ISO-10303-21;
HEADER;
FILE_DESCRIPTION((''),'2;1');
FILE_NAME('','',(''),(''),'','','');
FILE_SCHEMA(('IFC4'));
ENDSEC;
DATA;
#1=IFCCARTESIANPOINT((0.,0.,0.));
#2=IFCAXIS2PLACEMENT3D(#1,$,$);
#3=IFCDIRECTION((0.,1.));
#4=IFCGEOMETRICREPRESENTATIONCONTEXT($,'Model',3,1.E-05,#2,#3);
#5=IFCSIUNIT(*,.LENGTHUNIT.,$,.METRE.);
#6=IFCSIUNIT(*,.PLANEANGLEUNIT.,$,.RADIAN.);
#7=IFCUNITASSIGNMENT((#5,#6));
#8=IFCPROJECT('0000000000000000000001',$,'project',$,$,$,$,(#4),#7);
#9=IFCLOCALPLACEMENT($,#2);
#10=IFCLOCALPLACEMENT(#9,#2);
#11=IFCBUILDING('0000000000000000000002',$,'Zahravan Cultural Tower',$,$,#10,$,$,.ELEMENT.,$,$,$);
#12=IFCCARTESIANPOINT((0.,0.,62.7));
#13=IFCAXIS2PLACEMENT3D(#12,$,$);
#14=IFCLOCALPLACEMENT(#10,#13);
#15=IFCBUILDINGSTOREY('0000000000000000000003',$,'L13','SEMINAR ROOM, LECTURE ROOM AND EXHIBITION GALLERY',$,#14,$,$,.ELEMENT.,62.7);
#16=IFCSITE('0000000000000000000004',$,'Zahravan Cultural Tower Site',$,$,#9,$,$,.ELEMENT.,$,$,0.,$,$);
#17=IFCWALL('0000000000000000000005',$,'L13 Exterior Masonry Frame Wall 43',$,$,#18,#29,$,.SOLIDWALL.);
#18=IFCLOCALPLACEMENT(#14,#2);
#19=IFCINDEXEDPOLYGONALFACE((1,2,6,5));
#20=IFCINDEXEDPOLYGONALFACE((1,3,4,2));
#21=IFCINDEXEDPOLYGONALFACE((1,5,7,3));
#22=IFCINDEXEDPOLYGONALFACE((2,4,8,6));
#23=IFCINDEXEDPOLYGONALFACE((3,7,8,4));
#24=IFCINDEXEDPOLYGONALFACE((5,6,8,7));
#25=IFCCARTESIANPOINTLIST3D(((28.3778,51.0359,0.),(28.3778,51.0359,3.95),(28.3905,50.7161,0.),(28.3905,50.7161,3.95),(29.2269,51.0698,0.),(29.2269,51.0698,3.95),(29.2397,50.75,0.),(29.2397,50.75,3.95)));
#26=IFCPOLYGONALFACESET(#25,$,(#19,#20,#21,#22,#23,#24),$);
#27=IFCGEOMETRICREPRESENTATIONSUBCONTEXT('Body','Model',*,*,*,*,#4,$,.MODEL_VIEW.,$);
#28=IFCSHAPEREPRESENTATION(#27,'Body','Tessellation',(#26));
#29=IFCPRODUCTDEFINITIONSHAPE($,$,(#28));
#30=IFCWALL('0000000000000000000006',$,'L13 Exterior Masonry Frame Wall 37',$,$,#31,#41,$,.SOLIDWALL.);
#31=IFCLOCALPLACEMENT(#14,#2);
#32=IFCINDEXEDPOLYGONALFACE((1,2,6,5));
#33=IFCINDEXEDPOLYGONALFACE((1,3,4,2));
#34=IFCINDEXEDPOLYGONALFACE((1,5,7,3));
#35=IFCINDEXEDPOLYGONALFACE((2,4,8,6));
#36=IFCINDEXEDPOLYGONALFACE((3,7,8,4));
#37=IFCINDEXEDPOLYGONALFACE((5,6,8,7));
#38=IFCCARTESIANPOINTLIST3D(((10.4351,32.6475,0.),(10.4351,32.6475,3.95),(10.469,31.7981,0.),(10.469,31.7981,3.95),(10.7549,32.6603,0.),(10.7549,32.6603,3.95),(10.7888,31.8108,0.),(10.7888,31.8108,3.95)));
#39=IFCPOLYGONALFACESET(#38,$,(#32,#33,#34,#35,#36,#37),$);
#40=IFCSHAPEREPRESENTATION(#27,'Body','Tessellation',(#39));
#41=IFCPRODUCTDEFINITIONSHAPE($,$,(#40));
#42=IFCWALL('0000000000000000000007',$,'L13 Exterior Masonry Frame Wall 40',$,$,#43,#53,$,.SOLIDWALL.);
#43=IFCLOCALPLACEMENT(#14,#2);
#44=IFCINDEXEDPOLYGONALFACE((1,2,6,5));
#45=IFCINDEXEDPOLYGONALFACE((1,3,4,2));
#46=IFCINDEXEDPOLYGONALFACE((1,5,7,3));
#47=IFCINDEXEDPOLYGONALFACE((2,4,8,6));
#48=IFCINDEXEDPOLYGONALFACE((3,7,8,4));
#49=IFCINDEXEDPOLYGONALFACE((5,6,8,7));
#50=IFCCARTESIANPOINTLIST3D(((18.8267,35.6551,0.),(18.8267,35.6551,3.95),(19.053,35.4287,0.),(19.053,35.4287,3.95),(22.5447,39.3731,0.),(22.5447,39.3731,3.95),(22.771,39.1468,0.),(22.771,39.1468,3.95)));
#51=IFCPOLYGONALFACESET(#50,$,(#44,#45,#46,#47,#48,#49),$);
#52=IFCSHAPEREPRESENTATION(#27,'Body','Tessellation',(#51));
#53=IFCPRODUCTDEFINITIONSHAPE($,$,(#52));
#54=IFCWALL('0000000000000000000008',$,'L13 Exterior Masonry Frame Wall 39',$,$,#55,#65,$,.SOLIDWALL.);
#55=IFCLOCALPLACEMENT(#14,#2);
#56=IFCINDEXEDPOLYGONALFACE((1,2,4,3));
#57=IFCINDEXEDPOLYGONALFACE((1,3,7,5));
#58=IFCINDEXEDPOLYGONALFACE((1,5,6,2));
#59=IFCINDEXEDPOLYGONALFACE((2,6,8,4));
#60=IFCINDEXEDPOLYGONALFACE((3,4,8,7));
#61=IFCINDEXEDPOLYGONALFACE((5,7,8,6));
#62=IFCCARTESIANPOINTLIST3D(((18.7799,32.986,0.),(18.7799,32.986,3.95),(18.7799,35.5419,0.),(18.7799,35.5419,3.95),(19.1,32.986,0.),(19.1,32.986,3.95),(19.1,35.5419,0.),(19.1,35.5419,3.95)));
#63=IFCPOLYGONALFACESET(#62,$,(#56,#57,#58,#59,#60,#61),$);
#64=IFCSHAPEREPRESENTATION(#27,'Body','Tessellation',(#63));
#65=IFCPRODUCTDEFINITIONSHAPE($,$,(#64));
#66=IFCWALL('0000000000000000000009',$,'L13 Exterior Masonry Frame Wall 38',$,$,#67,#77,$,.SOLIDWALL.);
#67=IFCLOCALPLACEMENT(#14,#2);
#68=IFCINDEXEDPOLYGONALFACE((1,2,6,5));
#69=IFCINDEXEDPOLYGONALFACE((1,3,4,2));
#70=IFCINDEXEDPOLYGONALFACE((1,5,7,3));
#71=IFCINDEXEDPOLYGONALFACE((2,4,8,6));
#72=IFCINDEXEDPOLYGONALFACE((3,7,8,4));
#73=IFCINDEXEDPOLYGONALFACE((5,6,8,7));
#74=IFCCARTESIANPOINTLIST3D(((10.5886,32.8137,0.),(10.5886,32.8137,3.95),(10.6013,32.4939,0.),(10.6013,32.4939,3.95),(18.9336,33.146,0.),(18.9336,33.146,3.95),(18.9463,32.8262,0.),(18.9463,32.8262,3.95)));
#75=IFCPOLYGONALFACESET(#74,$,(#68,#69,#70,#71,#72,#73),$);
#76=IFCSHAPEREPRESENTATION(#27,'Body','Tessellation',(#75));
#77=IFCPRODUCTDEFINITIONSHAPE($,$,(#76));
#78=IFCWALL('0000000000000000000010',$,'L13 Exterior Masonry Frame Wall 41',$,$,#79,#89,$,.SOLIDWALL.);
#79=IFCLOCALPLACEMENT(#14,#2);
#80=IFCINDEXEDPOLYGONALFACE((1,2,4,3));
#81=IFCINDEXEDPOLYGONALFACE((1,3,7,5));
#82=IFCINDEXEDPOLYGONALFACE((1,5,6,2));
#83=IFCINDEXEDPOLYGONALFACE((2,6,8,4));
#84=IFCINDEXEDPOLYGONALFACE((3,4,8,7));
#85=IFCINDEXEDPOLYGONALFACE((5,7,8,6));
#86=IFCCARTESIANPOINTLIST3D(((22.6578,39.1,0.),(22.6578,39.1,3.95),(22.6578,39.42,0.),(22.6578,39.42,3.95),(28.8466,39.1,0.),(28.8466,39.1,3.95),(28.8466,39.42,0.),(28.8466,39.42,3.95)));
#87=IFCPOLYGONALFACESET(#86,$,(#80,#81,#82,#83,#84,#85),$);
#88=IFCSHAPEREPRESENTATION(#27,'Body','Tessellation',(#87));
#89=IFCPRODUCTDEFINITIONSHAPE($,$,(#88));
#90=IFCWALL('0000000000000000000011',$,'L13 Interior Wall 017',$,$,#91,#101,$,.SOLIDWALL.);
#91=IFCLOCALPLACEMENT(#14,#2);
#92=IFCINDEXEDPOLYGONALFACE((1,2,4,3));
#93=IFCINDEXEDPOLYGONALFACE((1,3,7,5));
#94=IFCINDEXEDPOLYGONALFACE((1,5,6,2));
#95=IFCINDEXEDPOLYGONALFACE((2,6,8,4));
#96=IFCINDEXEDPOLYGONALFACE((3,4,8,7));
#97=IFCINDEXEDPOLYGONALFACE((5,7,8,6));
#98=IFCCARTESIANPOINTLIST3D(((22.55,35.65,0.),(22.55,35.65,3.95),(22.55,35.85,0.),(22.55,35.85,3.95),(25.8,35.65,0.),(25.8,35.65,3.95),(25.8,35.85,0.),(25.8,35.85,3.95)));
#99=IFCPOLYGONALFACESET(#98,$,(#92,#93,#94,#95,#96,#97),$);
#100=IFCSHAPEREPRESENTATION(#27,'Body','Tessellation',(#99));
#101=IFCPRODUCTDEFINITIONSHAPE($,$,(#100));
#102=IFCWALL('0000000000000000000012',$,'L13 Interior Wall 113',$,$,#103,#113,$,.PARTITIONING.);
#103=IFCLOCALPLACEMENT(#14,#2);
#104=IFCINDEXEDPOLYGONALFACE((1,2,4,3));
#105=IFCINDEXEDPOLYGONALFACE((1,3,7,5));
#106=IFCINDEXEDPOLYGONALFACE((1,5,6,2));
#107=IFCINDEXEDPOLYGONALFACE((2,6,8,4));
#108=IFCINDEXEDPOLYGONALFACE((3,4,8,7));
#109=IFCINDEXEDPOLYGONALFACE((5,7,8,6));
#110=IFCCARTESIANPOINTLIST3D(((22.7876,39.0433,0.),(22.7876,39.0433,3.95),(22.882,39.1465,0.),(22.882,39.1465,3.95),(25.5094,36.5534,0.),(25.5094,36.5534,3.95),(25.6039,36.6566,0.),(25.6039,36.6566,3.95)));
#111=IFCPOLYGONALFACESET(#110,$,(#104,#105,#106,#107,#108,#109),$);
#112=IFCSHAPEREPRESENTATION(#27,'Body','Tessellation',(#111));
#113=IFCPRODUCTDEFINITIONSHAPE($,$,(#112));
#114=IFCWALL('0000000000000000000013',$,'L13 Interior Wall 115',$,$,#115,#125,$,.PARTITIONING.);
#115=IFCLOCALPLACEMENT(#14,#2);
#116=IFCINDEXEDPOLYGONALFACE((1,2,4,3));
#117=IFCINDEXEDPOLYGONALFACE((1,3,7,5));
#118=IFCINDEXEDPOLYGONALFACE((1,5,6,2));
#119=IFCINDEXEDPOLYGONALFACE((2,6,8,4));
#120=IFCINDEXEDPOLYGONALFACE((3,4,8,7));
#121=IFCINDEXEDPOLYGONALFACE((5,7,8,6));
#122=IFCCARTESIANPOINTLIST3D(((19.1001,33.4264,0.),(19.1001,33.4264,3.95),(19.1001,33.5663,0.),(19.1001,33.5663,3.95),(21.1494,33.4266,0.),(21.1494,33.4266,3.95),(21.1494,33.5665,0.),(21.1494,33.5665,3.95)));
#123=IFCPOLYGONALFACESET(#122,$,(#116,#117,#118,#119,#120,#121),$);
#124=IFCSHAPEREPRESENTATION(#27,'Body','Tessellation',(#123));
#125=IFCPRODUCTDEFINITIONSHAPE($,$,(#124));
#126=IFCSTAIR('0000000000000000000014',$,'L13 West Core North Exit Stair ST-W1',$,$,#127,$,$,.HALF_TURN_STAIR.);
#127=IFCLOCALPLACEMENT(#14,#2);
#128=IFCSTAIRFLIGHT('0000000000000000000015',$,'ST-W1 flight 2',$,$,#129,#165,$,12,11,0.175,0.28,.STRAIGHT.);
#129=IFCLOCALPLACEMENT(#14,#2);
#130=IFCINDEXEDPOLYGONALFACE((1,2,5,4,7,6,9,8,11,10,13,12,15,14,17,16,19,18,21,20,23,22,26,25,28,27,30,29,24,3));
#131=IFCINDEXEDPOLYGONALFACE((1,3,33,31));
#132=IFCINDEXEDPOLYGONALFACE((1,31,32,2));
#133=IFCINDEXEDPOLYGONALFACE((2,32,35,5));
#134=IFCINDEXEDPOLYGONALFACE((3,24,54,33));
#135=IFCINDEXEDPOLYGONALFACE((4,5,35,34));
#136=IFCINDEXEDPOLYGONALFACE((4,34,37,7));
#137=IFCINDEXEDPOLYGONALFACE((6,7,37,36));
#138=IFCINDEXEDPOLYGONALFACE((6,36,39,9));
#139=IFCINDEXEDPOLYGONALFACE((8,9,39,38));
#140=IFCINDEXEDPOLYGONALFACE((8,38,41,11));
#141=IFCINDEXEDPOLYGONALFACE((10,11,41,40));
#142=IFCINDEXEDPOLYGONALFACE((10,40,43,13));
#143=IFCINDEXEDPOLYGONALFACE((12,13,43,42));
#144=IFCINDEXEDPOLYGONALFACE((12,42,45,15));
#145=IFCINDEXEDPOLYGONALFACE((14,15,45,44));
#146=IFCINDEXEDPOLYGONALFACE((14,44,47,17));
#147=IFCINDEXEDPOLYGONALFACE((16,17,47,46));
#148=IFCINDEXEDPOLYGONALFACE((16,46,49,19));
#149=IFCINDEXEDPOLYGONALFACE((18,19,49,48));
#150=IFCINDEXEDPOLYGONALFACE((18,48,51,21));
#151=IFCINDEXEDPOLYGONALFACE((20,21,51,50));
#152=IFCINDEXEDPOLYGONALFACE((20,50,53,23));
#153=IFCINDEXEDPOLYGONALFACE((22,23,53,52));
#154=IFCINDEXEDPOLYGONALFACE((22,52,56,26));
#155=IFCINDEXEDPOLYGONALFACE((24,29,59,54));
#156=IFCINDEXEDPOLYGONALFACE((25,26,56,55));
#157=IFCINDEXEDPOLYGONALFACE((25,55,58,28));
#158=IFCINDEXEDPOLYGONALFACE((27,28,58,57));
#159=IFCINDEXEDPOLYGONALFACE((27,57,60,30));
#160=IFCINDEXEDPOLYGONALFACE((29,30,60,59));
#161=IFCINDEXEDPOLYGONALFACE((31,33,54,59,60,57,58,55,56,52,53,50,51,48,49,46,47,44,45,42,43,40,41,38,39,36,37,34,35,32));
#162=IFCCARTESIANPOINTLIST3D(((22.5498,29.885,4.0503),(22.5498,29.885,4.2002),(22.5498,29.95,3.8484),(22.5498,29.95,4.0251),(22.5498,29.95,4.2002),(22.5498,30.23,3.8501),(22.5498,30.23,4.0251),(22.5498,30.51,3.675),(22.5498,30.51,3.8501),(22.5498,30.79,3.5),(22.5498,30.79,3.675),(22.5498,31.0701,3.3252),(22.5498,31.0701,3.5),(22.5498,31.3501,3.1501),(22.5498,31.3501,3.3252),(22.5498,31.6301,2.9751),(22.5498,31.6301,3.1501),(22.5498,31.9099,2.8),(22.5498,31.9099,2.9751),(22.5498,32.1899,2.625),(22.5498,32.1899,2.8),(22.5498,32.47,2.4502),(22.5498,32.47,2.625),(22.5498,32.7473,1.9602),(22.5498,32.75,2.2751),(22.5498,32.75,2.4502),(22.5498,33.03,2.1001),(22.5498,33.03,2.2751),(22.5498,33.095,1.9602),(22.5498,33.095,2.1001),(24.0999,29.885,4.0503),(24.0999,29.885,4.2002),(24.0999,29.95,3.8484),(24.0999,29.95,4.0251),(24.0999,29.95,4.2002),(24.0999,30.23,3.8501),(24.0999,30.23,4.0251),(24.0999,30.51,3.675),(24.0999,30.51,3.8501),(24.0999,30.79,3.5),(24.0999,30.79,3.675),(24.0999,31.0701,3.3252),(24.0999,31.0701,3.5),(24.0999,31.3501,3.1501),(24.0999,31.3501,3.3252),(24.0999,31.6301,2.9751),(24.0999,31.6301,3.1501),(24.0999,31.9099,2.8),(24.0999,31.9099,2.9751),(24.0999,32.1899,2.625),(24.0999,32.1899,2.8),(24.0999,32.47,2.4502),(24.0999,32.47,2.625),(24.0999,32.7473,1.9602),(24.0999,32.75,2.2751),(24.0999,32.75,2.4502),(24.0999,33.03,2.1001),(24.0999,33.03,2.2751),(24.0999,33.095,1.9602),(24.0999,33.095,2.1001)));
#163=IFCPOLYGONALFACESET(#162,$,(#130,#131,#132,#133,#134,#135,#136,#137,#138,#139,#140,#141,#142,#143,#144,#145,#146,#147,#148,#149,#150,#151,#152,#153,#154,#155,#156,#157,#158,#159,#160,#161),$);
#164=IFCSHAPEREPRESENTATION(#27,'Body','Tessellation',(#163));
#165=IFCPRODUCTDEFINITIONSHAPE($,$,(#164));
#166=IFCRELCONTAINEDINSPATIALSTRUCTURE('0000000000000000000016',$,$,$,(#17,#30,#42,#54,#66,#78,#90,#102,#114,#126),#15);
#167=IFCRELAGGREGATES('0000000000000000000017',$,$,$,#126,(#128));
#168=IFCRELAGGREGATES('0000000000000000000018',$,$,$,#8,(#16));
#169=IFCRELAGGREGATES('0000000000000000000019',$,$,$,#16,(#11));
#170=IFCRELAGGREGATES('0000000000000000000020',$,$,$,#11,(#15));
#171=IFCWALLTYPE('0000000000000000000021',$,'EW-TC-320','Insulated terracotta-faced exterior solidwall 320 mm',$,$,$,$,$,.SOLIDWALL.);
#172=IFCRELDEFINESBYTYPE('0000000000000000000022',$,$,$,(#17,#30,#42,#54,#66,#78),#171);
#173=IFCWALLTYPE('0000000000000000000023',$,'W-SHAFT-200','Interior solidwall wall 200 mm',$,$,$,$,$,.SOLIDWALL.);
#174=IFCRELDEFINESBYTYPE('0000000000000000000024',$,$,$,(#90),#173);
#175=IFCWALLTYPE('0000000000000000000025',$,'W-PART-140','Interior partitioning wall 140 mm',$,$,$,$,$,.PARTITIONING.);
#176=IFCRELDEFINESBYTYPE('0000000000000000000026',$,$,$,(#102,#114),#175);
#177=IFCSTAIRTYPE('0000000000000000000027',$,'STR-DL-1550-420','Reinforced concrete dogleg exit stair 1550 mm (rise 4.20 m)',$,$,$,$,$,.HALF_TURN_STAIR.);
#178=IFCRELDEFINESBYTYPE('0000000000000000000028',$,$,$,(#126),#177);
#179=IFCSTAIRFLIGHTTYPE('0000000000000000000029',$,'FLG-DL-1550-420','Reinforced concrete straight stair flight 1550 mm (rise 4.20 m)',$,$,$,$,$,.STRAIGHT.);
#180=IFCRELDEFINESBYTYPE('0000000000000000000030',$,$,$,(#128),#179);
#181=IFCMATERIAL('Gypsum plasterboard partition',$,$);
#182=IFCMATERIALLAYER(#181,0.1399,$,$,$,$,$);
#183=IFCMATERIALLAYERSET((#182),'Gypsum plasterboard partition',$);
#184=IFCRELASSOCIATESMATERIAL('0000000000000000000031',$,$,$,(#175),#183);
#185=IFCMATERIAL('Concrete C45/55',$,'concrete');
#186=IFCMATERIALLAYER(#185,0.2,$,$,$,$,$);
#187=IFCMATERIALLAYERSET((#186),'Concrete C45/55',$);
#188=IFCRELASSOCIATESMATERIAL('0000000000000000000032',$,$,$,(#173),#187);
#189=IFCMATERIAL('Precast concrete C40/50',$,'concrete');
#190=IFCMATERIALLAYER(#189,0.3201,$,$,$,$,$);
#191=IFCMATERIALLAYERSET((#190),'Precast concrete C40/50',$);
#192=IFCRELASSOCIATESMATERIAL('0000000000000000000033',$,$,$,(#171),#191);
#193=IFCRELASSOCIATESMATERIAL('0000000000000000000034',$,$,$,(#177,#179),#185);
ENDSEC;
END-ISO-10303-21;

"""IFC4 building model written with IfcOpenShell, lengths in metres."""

from ifc_helpers import new_model, si_unit, direction, frame, frame_2d, origin, place, context, subcontext, project, spatial, polyline, rectangle, outline, extrude, source, transform, mapped, material, layer, layer_set, type_object, element, aggregate, save


model = new_model("IFC4")

# Units and contexts
model_context = context("Model", 3, precision=1e-05, world=origin(), true_north=direction((0.0, 1.0)))
body_context = subcontext(model_context, "Body", "Model", "MODEL_VIEW")
ifc_project = project(units=[si_unit("LENGTHUNIT", "METRE"), si_unit("PLANEANGLEUNIT", "RADIAN")], contexts=[model_context])

# Site, building, storey
site_placement = place(None, origin())
site = spatial("IfcSite", under=ifc_project, at=site_placement, Name="Zahravan Cultural Tower Site", CompositionType="ELEMENT", RefElevation=0.0)
building_placement = place(site_placement, origin())
building = spatial("IfcBuilding", under=site, at=building_placement, Name="Zahravan Cultural Tower", CompositionType="ELEMENT")
storey_placement = place(building_placement, frame((0.0, 0.0, 62.7)))
storey = spatial("IfcBuildingStorey", under=building, at=storey_placement, Name="L13", Description="SEMINAR ROOM, LECTURE ROOM AND EXHIBITION GALLERY", CompositionType="ELEMENT", Elevation=62.7)

# Shared definitions
ifc_material_1 = material(Name="Gypsum plasterboard partition")
ifc_layer_1 = layer(ifc_material_1, 0.1399)
ifc_layer_set_1 = layer_set([ifc_layer_1], Name="Gypsum plasterboard partition")
wall_type_1 = type_object("IfcWallType", Name="W-PART-140", Description="Interior partitioning wall 140 mm", PredefinedType="PARTITIONING", material=ifc_layer_set_1)
ifc_material_2 = material(Name="Concrete C45/55", Category="concrete")
ifc_layer_2 = layer(ifc_material_2, 0.2)
ifc_layer_set_2 = layer_set([ifc_layer_2], Name="Concrete C45/55")
wall_type_2 = type_object("IfcWallType", Name="W-SHAFT-200", Description="Interior solidwall wall 200 mm", PredefinedType="SOLIDWALL", material=ifc_layer_set_2)

# Walls
ifc_material_3 = material(Name="Precast concrete C40/50", Category="concrete")
ifc_layer_3 = layer(ifc_material_3, 0.3201)
ifc_layer_set_3 = layer_set([ifc_layer_3], Name="Precast concrete C40/50")
wall_type_3 = type_object("IfcWallType", Name="EW-TC-320", Description="Insulated terracotta-faced exterior solidwall 320 mm", PredefinedType="SOLIDWALL", material=ifc_layer_set_3)
shared_shape_1 = source(origin(), body_context, "Body", "SweptSolid", [
    extrude(rectangle(XDim=0.8499, YDim=0.3201, at=frame_2d((0.4248, 0.0))), origin(), (0.0, 0.0, 1.0), 3.95),
])
wall_1_placement = place(storey_placement, frame((28.3843, 50.876, 0.0), z_axis=(0.0, 0.0, 1.0), x_axis=(0.999202, 0.039934, 0.0)))
element("IfcWall", 1, at=wall_1_placement, inside=storey, type_object=wall_type_3, Name="L13 Exterior Masonry Frame Wall 43", PredefinedType="SOLIDWALL", context=body_context, shape_type="MappedRepresentation", body=[
    mapped(shared_shape_1, transform((0.0, 0.0, 0.0), x_axis=(1.0, 0.0, 0.0), y_axis=(0.0, 1.0, 0.0), z_axis=(0.0, 0.0, 1.0), scale=1.0)),
])
shared_shape_2 = source(origin(), body_context, "Body", "SweptSolid", [
    extrude(rectangle(XDim=0.8501, YDim=0.3201, at=frame_2d((0.425, 0.0))), origin(), (0.0, 0.0, 1.0), 3.95),
])
wall_2_placement = place(storey_placement, frame((10.6289, 31.8044, 0.0), z_axis=(0.0, 0.0, 1.0), x_axis=(-0.039922, 0.999203, 0.0)))
element("IfcWall", 2, at=wall_2_placement, inside=storey, type_object=wall_type_3, Name="L13 Exterior Masonry Frame Wall 37", PredefinedType="SOLIDWALL", context=body_context, shape_type="MappedRepresentation", body=[
    mapped(shared_shape_2, transform((0.0, 0.0, 0.0), x_axis=(1.0, 0.0, 0.0), y_axis=(0.0, 1.0, 0.0), z_axis=(0.0, 0.0, 1.0), scale=1.0)),
])
shared_shape_3 = source(origin(), body_context, "Body", "SweptSolid", [
    extrude(rectangle(XDim=5.2581, YDim=0.3201, at=frame_2d((2.6289, 0.0))), origin(), (0.0, 0.0, 1.0), 3.95),
])
wall_3_placement = place(storey_placement, frame((18.9399, 35.542, 0.0), z_axis=(0.0, 0.0, 1.0), x_axis=(0.707107, 0.707107, 0.0)))
element("IfcWall", 3, at=wall_3_placement, inside=storey, type_object=wall_type_3, Name="L13 Exterior Masonry Frame Wall 40", PredefinedType="SOLIDWALL", context=body_context, shape_type="MappedRepresentation", body=[
    mapped(shared_shape_3, transform((0.0, 0.0, 0.0), x_axis=(1.0, 0.0, 0.0), y_axis=(0.0, 1.0, 0.0), z_axis=(0.0, 0.0, 1.0), scale=1.0)),
])
shared_shape_4 = source(origin(), body_context, "Body", "SweptSolid", [
    extrude(rectangle(XDim=2.5559, YDim=0.3201, at=frame_2d((1.2778, 0.0))), origin(), (0.0, 0.0, 1.0), 3.95),
])
wall_4_placement = place(storey_placement, frame((18.9399, 32.9861, 0.0), z_axis=(0.0, 0.0, 1.0), x_axis=(0.0, 1.0, 0.0)))
element("IfcWall", 4, at=wall_4_placement, inside=storey, type_object=wall_type_3, Name="L13 Exterior Masonry Frame Wall 39", PredefinedType="SOLIDWALL", context=body_context, shape_type="MappedRepresentation", body=[
    mapped(shared_shape_4, transform((0.0, 0.0, 0.0), x_axis=(1.0, 0.0, 0.0), y_axis=(0.0, 1.0, 0.0), z_axis=(0.0, 0.0, 1.0), scale=1.0)),
])
shared_shape_5 = source(origin(), body_context, "Body", "SweptSolid", [
    extrude(rectangle(XDim=8.3516, YDim=0.3201, at=frame_2d((4.1758, 0.0))), origin(), (0.0, 0.0, 1.0), 3.95),
])
wall_5_placement = place(storey_placement, frame((10.595, 32.6538, 0.0), z_axis=(0.0, 0.0, 1.0), x_axis=(0.999208, 0.039786, 0.0)))
element("IfcWall", 5, at=wall_5_placement, inside=storey, type_object=wall_type_3, Name="L13 Exterior Masonry Frame Wall 38", PredefinedType="SOLIDWALL", context=body_context, shape_type="MappedRepresentation", body=[
    mapped(shared_shape_5, transform((0.0, 0.0, 0.0), x_axis=(1.0, 0.0, 0.0), y_axis=(0.0, 1.0, 0.0), z_axis=(0.0, 0.0, 1.0), scale=1.0)),
])
shared_shape_6 = source(origin(), body_context, "Body", "SweptSolid", [
    extrude(rectangle(XDim=6.1887, YDim=0.3201, at=frame_2d((3.0942, 0.0))), origin(), (0.0, 0.0, 1.0), 3.95),
])
wall_6_placement = place(storey_placement, frame((22.658, 39.26, 0.0), z_axis=(0.0, 0.0, 1.0), x_axis=(1.0, 0.0, 0.0)))
element("IfcWall", 6, at=wall_6_placement, inside=storey, type_object=wall_type_3, Name="L13 Exterior Masonry Frame Wall 41", PredefinedType="SOLIDWALL", context=body_context, shape_type="MappedRepresentation", body=[
    mapped(shared_shape_6, transform((0.0, 0.0, 0.0), x_axis=(1.0, 0.0, 0.0), y_axis=(0.0, 1.0, 0.0), z_axis=(0.0, 0.0, 1.0), scale=1.0)),
])
shared_shape_7 = source(origin(), body_context, "Body", "SweptSolid", [
    extrude(rectangle(XDim=3.25, YDim=0.2, at=frame_2d((1.625, 0.0))), origin(), (0.0, 0.0, 1.0), 3.95),
])
wall_7_placement = place(storey_placement, frame((22.55, 35.75, 0.0), z_axis=(0.0, 0.0, 1.0), x_axis=(1.0, 0.0, 0.0)))
element("IfcWall", 7, at=wall_7_placement, inside=storey, type_object=wall_type_2, Name="L13 Interior Wall 017", PredefinedType="SOLIDWALL", context=body_context, shape_type="MappedRepresentation", body=[
    mapped(shared_shape_7, transform((0.0, 0.0, 0.0), x_axis=(1.0, 0.0, 0.0), y_axis=(0.0, 1.0, 0.0), z_axis=(0.0, 0.0, 1.0), scale=1.0)),
])
shared_shape_8 = source(origin(), body_context, "Body", "SweptSolid", [
    extrude(rectangle(XDim=3.689, YDim=0.1399, at=frame_2d((1.8445, 0.0))), origin(), (0.0, 0.0, 1.0), 3.95),
])
wall_8_placement = place(storey_placement, frame((25.5566, 36.605, 0.0), z_axis=(0.0, 0.0, 1.0), x_axis=(-0.737843, 0.674972, 0.0)))
element("IfcWall", 8, at=wall_8_placement, inside=storey, type_object=wall_type_1, Name="L13 Interior Wall 113", PredefinedType="PARTITIONING", context=body_context, shape_type="MappedRepresentation", body=[
    mapped(shared_shape_8, transform((0.0, 0.0, 0.0), x_axis=(1.0, 0.0, 0.0), y_axis=(0.0, 1.0, 0.0), z_axis=(0.0, 0.0, 1.0), scale=1.0)),
])
shared_shape_9 = source(origin(), body_context, "Body", "SweptSolid", [
    extrude(rectangle(XDim=2.0493, YDim=0.1399, at=frame_2d((1.0247, 0.0))), origin(), (0.0, 0.0, 1.0), 3.95),
])
wall_9_placement = place(storey_placement, frame((21.1494, 33.4966, 0.0), z_axis=(0.0, 0.0, 1.0), x_axis=(-1.0, -0.000119, 0.0)))
element("IfcWall", 9, at=wall_9_placement, inside=storey, type_object=wall_type_1, Name="L13 Interior Wall 115", PredefinedType="PARTITIONING", context=body_context, shape_type="MappedRepresentation", body=[
    mapped(shared_shape_9, transform((0.0, 0.0, 0.0), x_axis=(1.0, 0.0, 0.0), y_axis=(0.0, 1.0, 0.0), z_axis=(0.0, 0.0, 1.0), scale=1.0)),
])

# Stair, stair flight
stair_type = type_object("IfcStairType", Name="STR-DL-1550-420", Description="Reinforced concrete dogleg exit stair 1550 mm (rise 4.20 m)", PredefinedType="HALF_TURN_STAIR", material=ifc_material_2)
stair_placement = place(storey_placement, origin())
stair = element("IfcStair", 10, at=stair_placement, inside=storey, type_object=stair_type, Name="L13 West Core North Exit Stair ST-W1", PredefinedType="HALF_TURN_STAIR")
stair_flight_type = type_object("IfcStairFlightType", Name="FLG-DL-1550-420", Description="Reinforced concrete straight stair flight 1550 mm (rise 4.20 m)", PredefinedType="STRAIGHT", material=ifc_material_2)
stair_flight_placement = place(storey_placement, frame((23.325, 33.03, 2.1001), z_axis=(0.0, 0.0, 1.0), x_axis=(0.0, -1.0, 0.0)))
stair_flight = element("IfcStairFlight", 11, at=stair_flight_placement, type_object=stair_flight_type, Name="ST-W1 flight 2", NumberOfRisers=12, NumberOfTreads=11, PredefinedType="STRAIGHT", RiserHeight=0.175, TreadLength=0.28, context=body_context, shape_type="SweptSolid", body=[
    extrude(outline(polyline([(-0.0649, -0.1399), (-0.0649, 0.0), (0.0, 0.0), (0.0, 0.175), (0.28, 0.175), (0.28, 0.3501), (0.5601, 0.3501), (0.5601, 0.5249), (0.8401, 0.5249), (0.8401, 0.7), (1.1201, 0.7), (1.1201, 0.875), (1.3999, 0.875), (1.3999, 1.05), (1.6799, 1.05), (1.6799, 1.2251), (1.96, 1.2251), (1.96, 1.3999), (2.24, 1.3999), (2.24, 1.575), (2.52, 1.575), (2.52, 1.75), (2.8, 1.75), (2.8, 1.925), (3.0801, 1.925), (3.0801, 2.1001), (3.145, 2.1001), (3.145, 1.9502), (3.0801, 1.7483), (0.2827, -0.1399), (-0.0649, -0.1399)])), frame((0.0, 0.7749, 0.0), z_axis=(0.0, -1.0, 0.0), x_axis=(1.0, 0.0, 0.0)), (0.0, 0.0, 1.0), 1.55),
])
aggregate(stair, [stair_flight])

save(model, "model.ifc")
